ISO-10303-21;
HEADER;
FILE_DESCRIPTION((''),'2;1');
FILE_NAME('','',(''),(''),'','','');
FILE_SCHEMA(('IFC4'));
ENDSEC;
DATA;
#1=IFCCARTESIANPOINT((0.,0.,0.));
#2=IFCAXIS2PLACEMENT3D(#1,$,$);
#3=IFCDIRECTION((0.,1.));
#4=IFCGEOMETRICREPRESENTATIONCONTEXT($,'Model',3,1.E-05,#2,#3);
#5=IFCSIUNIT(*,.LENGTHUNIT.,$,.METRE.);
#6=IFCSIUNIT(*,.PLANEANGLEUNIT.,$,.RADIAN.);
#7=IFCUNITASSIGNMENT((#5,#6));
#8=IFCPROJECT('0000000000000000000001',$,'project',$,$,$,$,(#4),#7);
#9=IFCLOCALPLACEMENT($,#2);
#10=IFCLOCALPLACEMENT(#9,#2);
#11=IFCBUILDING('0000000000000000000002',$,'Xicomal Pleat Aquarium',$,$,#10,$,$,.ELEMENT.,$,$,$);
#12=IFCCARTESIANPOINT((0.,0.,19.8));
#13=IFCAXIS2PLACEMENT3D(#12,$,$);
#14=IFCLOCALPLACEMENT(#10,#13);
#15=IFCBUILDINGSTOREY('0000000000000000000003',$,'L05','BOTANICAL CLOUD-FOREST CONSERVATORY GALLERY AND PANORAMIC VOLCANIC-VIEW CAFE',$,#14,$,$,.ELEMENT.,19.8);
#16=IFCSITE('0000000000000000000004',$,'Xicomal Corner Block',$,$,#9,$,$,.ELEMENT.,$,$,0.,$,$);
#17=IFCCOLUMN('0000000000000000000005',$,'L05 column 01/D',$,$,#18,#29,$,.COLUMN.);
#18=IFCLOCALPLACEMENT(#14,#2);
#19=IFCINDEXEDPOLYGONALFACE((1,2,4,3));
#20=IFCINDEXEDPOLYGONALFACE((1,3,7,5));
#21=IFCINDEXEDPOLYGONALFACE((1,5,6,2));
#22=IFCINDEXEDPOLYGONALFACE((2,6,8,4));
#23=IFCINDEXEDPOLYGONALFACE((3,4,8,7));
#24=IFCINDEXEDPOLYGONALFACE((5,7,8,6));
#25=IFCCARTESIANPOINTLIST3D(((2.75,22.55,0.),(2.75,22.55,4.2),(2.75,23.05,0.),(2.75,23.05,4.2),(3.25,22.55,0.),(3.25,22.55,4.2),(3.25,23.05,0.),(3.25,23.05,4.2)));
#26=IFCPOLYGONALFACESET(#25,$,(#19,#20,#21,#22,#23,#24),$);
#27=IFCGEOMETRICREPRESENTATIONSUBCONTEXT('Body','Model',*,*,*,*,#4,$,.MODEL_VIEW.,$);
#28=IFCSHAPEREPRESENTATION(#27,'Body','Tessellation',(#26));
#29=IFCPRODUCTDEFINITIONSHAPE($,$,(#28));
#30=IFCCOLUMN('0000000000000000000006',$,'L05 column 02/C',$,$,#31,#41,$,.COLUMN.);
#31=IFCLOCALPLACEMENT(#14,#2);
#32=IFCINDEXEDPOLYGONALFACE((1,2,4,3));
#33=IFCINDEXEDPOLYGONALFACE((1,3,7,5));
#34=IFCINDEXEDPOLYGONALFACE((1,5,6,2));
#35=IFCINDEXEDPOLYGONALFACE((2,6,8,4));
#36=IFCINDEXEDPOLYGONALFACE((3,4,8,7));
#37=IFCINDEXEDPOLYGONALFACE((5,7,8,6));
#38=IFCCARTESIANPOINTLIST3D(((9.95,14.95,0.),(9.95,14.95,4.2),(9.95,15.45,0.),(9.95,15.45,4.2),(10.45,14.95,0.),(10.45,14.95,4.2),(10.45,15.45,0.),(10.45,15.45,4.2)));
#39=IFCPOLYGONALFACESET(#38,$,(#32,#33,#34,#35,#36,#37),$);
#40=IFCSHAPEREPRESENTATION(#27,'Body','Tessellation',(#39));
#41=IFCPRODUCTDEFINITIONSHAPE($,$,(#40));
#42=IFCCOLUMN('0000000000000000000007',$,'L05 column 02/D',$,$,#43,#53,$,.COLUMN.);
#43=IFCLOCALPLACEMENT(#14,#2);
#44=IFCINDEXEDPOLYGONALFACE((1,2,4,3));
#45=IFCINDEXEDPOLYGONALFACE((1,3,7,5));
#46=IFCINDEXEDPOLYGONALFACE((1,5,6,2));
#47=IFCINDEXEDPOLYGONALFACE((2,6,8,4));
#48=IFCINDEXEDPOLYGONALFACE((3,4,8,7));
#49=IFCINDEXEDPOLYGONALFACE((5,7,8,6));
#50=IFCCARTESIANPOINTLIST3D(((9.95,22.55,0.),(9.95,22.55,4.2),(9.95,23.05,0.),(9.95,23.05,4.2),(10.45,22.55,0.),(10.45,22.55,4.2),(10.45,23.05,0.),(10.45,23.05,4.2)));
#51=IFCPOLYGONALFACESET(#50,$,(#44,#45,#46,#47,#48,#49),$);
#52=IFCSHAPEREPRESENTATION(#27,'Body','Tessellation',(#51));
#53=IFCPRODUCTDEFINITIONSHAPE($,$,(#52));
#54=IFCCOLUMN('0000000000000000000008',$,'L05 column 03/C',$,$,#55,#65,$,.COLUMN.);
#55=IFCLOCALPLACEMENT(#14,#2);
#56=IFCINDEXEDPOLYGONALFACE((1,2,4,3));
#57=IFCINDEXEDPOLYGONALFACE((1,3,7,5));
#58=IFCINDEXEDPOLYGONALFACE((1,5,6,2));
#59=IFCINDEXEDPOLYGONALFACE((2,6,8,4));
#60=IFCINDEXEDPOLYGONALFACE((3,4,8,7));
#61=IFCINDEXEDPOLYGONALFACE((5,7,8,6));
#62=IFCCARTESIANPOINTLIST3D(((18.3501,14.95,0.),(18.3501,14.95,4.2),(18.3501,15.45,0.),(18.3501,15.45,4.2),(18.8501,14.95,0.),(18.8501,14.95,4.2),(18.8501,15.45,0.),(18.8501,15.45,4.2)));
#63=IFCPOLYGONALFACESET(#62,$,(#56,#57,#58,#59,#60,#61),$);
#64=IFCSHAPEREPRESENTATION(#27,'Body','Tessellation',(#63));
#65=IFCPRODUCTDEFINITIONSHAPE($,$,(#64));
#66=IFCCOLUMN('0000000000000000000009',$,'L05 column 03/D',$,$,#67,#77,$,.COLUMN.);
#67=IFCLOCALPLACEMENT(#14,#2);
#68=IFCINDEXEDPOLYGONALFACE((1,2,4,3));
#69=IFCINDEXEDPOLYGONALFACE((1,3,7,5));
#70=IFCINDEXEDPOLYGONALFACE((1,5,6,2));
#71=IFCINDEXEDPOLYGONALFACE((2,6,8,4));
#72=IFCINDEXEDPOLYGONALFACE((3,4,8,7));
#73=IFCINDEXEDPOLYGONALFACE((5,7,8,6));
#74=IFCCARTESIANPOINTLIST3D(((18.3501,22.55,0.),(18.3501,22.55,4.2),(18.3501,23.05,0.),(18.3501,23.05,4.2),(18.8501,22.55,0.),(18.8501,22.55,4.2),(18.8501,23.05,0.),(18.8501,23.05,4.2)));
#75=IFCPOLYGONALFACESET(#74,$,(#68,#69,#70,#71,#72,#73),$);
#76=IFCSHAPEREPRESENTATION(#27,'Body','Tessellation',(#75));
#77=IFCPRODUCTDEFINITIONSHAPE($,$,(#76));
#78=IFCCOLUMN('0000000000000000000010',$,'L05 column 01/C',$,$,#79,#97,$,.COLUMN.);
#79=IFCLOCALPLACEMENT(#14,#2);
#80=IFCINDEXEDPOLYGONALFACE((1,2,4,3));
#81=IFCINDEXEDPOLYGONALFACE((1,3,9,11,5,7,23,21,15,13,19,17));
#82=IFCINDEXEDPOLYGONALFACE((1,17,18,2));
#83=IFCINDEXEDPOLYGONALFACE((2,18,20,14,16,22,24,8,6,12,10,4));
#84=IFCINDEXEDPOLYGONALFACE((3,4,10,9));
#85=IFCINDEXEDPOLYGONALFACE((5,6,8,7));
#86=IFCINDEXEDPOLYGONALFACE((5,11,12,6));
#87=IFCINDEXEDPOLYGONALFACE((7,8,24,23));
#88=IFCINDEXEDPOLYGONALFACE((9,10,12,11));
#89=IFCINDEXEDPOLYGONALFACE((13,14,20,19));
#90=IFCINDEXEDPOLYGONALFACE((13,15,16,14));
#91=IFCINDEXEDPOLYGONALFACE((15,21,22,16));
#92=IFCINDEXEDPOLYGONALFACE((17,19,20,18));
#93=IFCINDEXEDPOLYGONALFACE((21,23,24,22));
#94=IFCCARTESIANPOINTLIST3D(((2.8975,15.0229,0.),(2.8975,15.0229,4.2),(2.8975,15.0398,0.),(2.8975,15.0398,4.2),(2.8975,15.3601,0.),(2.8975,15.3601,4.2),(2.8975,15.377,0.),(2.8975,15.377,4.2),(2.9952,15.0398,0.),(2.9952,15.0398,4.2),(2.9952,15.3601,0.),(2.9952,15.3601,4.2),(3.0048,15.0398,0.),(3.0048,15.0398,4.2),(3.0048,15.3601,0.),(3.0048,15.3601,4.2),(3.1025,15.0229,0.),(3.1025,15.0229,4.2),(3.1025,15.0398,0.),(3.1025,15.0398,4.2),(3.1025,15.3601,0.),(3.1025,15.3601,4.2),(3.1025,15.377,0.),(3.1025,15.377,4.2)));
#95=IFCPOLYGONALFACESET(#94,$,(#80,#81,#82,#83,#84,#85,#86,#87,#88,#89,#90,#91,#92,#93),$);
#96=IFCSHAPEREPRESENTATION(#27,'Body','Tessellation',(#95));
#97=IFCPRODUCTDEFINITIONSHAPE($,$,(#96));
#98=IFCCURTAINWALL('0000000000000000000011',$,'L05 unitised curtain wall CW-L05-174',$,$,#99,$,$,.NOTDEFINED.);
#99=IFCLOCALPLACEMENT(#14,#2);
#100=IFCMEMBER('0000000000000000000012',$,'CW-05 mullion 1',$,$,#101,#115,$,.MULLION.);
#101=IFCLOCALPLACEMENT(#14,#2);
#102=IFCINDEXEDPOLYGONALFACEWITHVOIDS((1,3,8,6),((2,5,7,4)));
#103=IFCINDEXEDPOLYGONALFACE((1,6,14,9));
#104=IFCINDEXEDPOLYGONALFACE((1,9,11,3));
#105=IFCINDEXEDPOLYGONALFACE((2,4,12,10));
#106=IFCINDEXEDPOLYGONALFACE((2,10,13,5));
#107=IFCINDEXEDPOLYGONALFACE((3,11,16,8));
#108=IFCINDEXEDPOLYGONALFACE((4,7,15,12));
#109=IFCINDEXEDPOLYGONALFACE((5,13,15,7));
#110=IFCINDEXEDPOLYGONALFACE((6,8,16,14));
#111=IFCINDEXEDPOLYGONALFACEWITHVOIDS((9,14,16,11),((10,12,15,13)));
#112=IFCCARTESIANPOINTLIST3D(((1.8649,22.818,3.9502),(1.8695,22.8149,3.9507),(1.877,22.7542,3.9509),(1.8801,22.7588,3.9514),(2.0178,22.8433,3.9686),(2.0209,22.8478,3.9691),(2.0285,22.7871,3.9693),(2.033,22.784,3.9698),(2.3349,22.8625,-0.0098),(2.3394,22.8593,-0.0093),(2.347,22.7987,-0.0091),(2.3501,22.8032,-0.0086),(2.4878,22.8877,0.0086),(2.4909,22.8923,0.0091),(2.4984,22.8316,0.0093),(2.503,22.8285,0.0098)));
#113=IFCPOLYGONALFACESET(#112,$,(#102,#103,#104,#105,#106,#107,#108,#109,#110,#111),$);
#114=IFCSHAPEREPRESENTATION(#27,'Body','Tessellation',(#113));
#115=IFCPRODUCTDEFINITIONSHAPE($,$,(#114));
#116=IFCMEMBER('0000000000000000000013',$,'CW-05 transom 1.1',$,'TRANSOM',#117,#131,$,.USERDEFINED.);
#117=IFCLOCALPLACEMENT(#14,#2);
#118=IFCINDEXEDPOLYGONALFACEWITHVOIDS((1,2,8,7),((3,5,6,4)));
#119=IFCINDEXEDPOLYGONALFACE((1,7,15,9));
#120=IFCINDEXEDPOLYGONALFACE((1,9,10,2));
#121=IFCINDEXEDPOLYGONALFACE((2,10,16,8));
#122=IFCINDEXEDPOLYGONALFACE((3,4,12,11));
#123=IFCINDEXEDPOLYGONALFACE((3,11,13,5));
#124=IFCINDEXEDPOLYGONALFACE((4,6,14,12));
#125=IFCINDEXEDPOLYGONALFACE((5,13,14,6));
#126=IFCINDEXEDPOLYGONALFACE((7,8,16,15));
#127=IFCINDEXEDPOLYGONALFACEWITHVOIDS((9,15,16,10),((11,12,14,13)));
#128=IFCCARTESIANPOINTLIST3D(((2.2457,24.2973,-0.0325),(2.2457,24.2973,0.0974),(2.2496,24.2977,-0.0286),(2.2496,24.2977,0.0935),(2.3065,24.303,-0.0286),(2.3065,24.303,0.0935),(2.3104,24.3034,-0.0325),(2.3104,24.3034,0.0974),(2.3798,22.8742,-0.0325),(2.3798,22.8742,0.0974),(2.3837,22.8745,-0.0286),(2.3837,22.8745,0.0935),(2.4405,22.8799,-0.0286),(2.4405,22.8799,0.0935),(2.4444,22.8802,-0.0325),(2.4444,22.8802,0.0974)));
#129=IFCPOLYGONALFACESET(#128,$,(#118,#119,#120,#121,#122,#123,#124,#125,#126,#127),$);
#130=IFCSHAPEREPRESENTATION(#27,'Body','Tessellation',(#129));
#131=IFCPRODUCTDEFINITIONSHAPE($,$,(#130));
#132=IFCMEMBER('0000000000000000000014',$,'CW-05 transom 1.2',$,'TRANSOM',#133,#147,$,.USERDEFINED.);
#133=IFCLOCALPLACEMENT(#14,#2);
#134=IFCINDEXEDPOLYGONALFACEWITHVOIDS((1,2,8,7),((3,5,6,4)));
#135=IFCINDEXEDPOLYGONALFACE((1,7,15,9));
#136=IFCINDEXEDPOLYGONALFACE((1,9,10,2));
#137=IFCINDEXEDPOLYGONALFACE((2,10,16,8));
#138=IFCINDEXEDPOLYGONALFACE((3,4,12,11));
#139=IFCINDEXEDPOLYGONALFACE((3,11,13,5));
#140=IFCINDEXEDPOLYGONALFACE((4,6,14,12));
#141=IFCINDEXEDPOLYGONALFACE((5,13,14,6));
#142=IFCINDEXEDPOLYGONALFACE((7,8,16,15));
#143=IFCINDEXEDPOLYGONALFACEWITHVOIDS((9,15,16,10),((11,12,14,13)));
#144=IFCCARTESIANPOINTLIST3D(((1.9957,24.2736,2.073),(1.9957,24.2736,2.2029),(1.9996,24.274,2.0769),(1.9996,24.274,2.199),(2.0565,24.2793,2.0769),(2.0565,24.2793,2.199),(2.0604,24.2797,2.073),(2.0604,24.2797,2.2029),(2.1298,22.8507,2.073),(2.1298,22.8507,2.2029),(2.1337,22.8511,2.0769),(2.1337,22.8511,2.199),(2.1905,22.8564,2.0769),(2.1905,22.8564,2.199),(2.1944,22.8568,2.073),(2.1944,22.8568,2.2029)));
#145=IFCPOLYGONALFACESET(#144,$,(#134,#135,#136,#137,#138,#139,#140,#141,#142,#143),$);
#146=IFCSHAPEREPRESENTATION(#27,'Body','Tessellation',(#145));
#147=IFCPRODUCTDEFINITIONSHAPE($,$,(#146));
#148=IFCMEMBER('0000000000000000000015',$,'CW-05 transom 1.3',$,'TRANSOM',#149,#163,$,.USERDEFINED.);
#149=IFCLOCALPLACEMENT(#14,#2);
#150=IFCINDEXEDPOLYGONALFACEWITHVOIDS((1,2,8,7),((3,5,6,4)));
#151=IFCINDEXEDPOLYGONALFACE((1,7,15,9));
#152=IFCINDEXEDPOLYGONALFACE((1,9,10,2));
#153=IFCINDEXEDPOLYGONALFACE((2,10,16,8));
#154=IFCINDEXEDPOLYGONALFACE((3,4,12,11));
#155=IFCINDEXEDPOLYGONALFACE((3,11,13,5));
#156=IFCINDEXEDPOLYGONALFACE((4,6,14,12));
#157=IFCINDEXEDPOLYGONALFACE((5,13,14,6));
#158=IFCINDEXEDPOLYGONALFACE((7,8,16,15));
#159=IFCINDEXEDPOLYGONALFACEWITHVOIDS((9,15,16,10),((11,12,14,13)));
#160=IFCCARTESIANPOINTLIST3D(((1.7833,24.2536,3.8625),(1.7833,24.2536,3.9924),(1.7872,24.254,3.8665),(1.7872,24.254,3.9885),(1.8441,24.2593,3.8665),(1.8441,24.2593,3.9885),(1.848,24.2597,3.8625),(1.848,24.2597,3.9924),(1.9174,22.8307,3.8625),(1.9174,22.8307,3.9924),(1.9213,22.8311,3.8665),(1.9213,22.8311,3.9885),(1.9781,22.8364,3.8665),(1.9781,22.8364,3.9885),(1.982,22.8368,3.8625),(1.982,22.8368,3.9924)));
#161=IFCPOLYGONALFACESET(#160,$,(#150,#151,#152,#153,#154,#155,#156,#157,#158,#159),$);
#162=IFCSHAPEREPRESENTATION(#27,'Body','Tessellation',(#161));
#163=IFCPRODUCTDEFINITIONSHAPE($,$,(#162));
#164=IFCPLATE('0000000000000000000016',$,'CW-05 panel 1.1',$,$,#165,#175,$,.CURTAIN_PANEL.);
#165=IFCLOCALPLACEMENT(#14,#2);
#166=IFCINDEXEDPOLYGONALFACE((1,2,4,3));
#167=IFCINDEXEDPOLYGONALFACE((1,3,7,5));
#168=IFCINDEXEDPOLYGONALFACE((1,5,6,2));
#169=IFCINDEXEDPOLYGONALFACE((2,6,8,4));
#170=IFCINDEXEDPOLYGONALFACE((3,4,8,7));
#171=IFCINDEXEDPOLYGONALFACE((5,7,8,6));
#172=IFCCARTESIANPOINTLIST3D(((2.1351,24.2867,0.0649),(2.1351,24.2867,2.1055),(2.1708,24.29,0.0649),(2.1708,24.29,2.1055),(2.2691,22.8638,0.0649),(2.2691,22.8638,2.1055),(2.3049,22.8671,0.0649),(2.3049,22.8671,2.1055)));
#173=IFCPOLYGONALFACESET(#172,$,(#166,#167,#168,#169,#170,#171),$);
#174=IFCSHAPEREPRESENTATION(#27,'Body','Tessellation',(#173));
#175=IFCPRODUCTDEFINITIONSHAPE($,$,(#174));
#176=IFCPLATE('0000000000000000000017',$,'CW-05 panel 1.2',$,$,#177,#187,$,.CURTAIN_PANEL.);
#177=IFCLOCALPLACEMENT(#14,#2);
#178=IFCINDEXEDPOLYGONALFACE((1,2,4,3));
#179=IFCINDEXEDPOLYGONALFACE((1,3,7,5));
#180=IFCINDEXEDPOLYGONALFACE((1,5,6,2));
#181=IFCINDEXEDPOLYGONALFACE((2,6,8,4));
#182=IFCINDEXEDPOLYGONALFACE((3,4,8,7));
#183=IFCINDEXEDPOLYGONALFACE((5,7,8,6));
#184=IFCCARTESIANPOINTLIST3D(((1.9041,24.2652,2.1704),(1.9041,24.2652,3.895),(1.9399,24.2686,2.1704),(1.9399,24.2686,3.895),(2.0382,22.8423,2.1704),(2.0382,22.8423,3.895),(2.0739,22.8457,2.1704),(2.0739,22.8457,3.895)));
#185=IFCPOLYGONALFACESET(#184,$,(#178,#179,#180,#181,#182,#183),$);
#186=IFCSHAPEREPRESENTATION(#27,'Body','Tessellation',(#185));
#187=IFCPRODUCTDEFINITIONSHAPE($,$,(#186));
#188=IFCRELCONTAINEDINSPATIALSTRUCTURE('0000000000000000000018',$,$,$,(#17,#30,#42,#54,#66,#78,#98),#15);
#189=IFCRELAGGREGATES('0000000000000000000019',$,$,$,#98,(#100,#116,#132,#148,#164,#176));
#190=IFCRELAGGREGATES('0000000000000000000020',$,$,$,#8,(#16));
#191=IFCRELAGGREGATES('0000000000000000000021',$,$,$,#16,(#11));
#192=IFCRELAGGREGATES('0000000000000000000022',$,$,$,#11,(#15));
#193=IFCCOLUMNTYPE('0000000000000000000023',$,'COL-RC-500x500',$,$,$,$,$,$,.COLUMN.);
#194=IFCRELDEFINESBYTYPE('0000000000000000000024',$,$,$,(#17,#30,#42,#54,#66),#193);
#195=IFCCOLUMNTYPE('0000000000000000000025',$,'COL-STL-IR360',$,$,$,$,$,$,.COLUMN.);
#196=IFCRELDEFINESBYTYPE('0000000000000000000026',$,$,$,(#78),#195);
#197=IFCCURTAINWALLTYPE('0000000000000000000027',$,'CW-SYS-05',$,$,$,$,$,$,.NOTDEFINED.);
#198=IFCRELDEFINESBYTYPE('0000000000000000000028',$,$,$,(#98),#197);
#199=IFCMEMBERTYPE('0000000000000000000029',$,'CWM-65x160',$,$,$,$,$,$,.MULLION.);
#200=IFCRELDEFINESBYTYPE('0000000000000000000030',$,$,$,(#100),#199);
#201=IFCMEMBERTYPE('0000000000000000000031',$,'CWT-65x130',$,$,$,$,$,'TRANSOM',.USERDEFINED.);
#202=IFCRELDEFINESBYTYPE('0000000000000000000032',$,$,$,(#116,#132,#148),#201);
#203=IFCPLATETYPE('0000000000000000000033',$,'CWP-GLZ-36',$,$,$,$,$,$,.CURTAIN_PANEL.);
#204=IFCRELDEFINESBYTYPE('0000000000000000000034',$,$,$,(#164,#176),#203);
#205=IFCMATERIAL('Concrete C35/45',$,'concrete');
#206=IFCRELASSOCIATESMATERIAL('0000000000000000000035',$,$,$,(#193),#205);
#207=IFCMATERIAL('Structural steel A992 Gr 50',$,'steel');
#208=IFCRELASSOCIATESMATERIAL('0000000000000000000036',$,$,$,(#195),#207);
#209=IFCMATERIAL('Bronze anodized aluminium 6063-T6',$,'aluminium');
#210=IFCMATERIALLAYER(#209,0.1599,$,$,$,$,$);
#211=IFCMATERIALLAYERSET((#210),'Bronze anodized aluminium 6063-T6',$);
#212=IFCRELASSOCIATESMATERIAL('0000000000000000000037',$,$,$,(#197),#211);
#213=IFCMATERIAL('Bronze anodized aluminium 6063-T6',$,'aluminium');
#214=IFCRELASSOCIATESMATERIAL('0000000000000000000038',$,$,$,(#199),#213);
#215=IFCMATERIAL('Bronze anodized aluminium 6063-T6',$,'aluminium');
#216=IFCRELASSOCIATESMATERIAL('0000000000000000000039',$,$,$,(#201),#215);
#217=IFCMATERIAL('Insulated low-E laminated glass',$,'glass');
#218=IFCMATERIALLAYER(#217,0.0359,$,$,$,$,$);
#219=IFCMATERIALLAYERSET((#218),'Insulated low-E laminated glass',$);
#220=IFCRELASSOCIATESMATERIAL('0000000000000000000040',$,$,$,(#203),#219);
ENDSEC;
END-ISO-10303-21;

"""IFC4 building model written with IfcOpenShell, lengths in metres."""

from ifc_helpers import new_model, si_unit, direction, frame, origin, origin_2d, place, context, subcontext, project, spatial, rectangle, hollow_rectangle, i_section, extrude, material, layer, layer_set, material_profile, profile_set, type_object, element, aggregate, save


model = new_model("IFC4")

# Units and contexts
model_context = context("Model", 3, precision=1e-05, world=origin(), true_north=direction((0.0, 1.0)))
body_context = subcontext(model_context, "Body", "Model", "MODEL_VIEW")
ifc_project = project(units=[si_unit("LENGTHUNIT", "METRE"), si_unit("PLANEANGLEUNIT", "RADIAN")], contexts=[model_context])

# Site, building, storey
site_placement = place(None, origin())
site = spatial("IfcSite", under=ifc_project, at=site_placement, Name="Xicomal Corner Block", CompositionType="ELEMENT", RefElevation=0.0)
building_placement = place(site_placement, origin())
building = spatial("IfcBuilding", under=site, at=building_placement, Name="Xicomal Pleat Aquarium", CompositionType="ELEMENT")
storey_placement = place(building_placement, frame((0.0, 0.0, 19.8)))
storey = spatial("IfcBuildingStorey", under=building, at=storey_placement, Name="L05", Description="BOTANICAL CLOUD-FOREST CONSERVATORY GALLERY AND PANORAMIC VOLCANIC-VIEW CAFE", CompositionType="ELEMENT", Elevation=19.8)

# Columns
ifc_material_1 = material(Name="Concrete C35/45", Category="concrete")
ifc_material_profile_1 = material_profile(ifc_material_1, rectangle(XDim=0.5, YDim=0.5, at=origin_2d()), Name="RC 500x500")
ifc_profile_set_1 = profile_set([ifc_material_profile_1], Name="Concrete C35/45")
column_type_1 = type_object("IfcColumnType", Name="COL-RC-500x500", PredefinedType="COLUMN", material=ifc_profile_set_1)
for number, where, z_axis, x_axis, name in (
    (1, (3.0, 22.8, 0.0), (0.0, 0.0, 1.0), (1.0, 0.0, 0.0), "L05 column 01/D"),
    (2, (10.2, 15.2, 0.0), (0.0, 0.0, 1.0), (1.0, 0.0, 0.0), "L05 column 02/C"),
    (3, (10.2, 22.8, 0.0), (0.0, 0.0, 1.0), (1.0, 0.0, 0.0), "L05 column 02/D"),
    (4, (18.6001, 15.2, 0.0), (0.0, 0.0, 1.0), (1.0, 0.0, 0.0), "L05 column 03/C"),
    (5, (18.6001, 22.8, 0.0), (0.0, 0.0, 1.0), (1.0, 0.0, 0.0), "L05 column 03/D"),
):
    element("IfcColumn", number, at=place(storey_placement, frame(where, z_axis=z_axis, x_axis=x_axis)), inside=storey, type_object=column_type_1, Name=name, PredefinedType="COLUMN", context=body_context, shape_type="SweptSolid", body=[
        extrude(rectangle(XDim=0.5, YDim=0.5, at=origin_2d()), origin(), (0.0, 0.0, 1.0), 4.2),
    ])
ifc_material_2 = material(Name="Structural steel A992 Gr 50", Category="steel")
ifc_material_profile_2 = material_profile(ifc_material_2, i_section(OverallWidth=0.2051, OverallDepth=0.354, WebThickness=0.0095, FlangeThickness=0.0168, at=origin_2d()), Name="IR 360x79")
ifc_profile_set_2 = profile_set([ifc_material_profile_2], Name="Structural steel A992 Gr 50")
column_type_2 = type_object("IfcColumnType", Name="COL-STL-IR360", PredefinedType="COLUMN", material=ifc_profile_set_2)
column_placement = place(storey_placement, frame((3.0, 15.2, 0.0), z_axis=(0.0, 0.0, 1.0), x_axis=(1.0, 0.0, 0.0)))
element("IfcColumn", 6, at=column_placement, inside=storey, type_object=column_type_2, Name="L05 column 01/C", PredefinedType="COLUMN", context=body_context, shape_type="SweptSolid", body=[
    extrude(i_section(OverallWidth=0.2051, OverallDepth=0.354, WebThickness=0.0095, FlangeThickness=0.0168, at=origin_2d()), origin(), (0.0, 0.0, 1.0), 4.2),
])

# Curtain wall, members, plates
ifc_material_3 = material(Name="Bronze anodized aluminium 6063-T6", Category="aluminium")
ifc_layer_1 = layer(ifc_material_3, 0.1599)
ifc_layer_set_1 = layer_set([ifc_layer_1], Name="Bronze anodized aluminium 6063-T6")
curtain_wall_type = type_object("IfcCurtainWallType", Name="CW-SYS-05", PredefinedType="NOTDEFINED", material=ifc_layer_set_1)
curtain_wall_placement = place(storey_placement, origin())
curtain_wall = element("IfcCurtainWall", 7, at=curtain_wall_placement, inside=storey, type_object=curtain_wall_type, Name="L05 unitised curtain wall CW-L05-174", PredefinedType="NOTDEFINED")
ifc_material_4 = material(Name="Bronze anodized aluminium 6063-T6", Category="aluminium")
ifc_material_profile_3 = material_profile(ifc_material_4, hollow_rectangle(XDim=0.0649, YDim=0.1599, WallThickness=0.0039, at=origin_2d()), Name="ALU MULL 65x160")
ifc_profile_set_3 = profile_set([ifc_material_profile_3], Name="Bronze anodized aluminium 6063-T6")
member_type_1 = type_object("IfcMemberType", Name="CWM-65x160", PredefinedType="MULLION", material=ifc_profile_set_3)
member_1_placement = place(storey_placement, frame((2.4189, 22.8455, 0.0), z_axis=(-0.117846, -0.011142, 0.992969), x_axis=(-0.186433, 0.982405, -0.011103)))
member_1 = element("IfcMember", 8, at=member_1_placement, type_object=member_type_1, Name="CW-05 mullion 1", PredefinedType="MULLION", context=body_context, shape_type="SweptSolid", body=[
    extrude(hollow_rectangle(XDim=0.0649, YDim=0.1599, WallThickness=0.0039, at=origin_2d()), origin(), (0.0, 0.0, 1.0), 3.988),
])
ifc_material_5 = material(Name="Bronze anodized aluminium 6063-T6", Category="aluminium")
ifc_material_profile_4 = material_profile(ifc_material_5, hollow_rectangle(XDim=0.0649, YDim=0.1299, WallThickness=0.0039, at=origin_2d()), Name="ALU TRAN 65x130")
ifc_profile_set_4 = profile_set([ifc_material_profile_4], Name="Bronze anodized aluminium 6063-T6")
member_type_2 = type_object("IfcMemberType", Name="CWT-65x130", ElementType="TRANSOM", PredefinedType="USERDEFINED", material=ifc_profile_set_4)
member_2_placement = place(storey_placement, frame((2.4121, 22.8772, 0.0325), z_axis=(-0.093769, 0.995594, 0.0), x_axis=(-0.995594, -0.093769, 0.0)))
member_2 = element("IfcMember", 9, at=member_2_placement, type_object=member_type_2, Name="CW-05 transom 1.1", ObjectType="TRANSOM", PredefinedType="USERDEFINED", context=body_context, shape_type="SweptSolid", body=[
    extrude(hollow_rectangle(XDim=0.0649, YDim=0.1299, WallThickness=0.0039, at=origin_2d()), origin(), (0.0, 0.0, 1.0), 1.4294),
])
member_3_placement = place(storey_placement, frame((2.1621, 22.8538, 2.1379), z_axis=(-0.093785, 0.995592, 0.0), x_axis=(-0.995592, -0.093785, 0.0)))
member_3 = element("IfcMember", 10, at=member_3_placement, type_object=member_type_2, Name="CW-05 transom 1.2", ObjectType="TRANSOM", PredefinedType="USERDEFINED", context=body_context, shape_type="SweptSolid", body=[
    extrude(hollow_rectangle(XDim=0.0649, YDim=0.1299, WallThickness=0.0039, at=origin_2d()), origin(), (0.0, 0.0, 1.0), 1.4292),
])
member_4_placement = place(storey_placement, frame((1.9497, 22.8337, 3.9275), z_axis=(-0.093785, 0.995592, 0.0), x_axis=(-0.995592, -0.093785, 0.0)))
member_4 = element("IfcMember", 11, at=member_4_placement, type_object=member_type_2, Name="CW-05 transom 1.3", ObjectType="TRANSOM", PredefinedType="USERDEFINED", context=body_context, shape_type="SweptSolid", body=[
    extrude(hollow_rectangle(XDim=0.0649, YDim=0.1299, WallThickness=0.0039, at=origin_2d()), origin(), (0.0, 0.0, 1.0), 1.4292),
])
ifc_material_6 = material(Name="Insulated low-E laminated glass", Category="glass")
ifc_layer_2 = layer(ifc_material_6, 0.0359)
ifc_layer_set_2 = layer_set([ifc_layer_2], Name="Insulated low-E laminated glass")
plate_type = type_object("IfcPlateType", Name="CWP-GLZ-36", PredefinedType="CURTAIN_PANEL", material=ifc_layer_set_2)
plate_1_placement = place(storey_placement, frame((2.22, 23.5769, 0.0649), z_axis=(0.0, 0.0, 1.0), x_axis=(-0.093795, 0.995592, 0.0)))
plate_1 = element("IfcPlate", 12, at=plate_1_placement, type_object=plate_type, Name="CW-05 panel 1.1", PredefinedType="CURTAIN_PANEL", context=body_context, shape_type="SweptSolid", body=[
    extrude(rectangle(XDim=1.4292, YDim=0.0359, at=origin_2d()), origin(), (0.0, 0.0, 1.0), 2.0405),
])
plate_2_placement = place(storey_placement, frame((1.989, 23.5554, 2.1704), z_axis=(0.0, 0.0, 1.0), x_axis=(-0.093795, 0.995592, 0.0)))
plate_2 = element("IfcPlate", 13, at=plate_2_placement, type_object=plate_type, Name="CW-05 panel 1.2", PredefinedType="CURTAIN_PANEL", context=body_context, shape_type="SweptSolid", body=[
    extrude(rectangle(XDim=1.4292, YDim=0.0359, at=origin_2d()), origin(), (0.0, 0.0, 1.0), 1.7246),
])
aggregate(curtain_wall, [member_1, member_2, member_3, member_4, plate_1, plate_2])

save(model, "model.ifc")
